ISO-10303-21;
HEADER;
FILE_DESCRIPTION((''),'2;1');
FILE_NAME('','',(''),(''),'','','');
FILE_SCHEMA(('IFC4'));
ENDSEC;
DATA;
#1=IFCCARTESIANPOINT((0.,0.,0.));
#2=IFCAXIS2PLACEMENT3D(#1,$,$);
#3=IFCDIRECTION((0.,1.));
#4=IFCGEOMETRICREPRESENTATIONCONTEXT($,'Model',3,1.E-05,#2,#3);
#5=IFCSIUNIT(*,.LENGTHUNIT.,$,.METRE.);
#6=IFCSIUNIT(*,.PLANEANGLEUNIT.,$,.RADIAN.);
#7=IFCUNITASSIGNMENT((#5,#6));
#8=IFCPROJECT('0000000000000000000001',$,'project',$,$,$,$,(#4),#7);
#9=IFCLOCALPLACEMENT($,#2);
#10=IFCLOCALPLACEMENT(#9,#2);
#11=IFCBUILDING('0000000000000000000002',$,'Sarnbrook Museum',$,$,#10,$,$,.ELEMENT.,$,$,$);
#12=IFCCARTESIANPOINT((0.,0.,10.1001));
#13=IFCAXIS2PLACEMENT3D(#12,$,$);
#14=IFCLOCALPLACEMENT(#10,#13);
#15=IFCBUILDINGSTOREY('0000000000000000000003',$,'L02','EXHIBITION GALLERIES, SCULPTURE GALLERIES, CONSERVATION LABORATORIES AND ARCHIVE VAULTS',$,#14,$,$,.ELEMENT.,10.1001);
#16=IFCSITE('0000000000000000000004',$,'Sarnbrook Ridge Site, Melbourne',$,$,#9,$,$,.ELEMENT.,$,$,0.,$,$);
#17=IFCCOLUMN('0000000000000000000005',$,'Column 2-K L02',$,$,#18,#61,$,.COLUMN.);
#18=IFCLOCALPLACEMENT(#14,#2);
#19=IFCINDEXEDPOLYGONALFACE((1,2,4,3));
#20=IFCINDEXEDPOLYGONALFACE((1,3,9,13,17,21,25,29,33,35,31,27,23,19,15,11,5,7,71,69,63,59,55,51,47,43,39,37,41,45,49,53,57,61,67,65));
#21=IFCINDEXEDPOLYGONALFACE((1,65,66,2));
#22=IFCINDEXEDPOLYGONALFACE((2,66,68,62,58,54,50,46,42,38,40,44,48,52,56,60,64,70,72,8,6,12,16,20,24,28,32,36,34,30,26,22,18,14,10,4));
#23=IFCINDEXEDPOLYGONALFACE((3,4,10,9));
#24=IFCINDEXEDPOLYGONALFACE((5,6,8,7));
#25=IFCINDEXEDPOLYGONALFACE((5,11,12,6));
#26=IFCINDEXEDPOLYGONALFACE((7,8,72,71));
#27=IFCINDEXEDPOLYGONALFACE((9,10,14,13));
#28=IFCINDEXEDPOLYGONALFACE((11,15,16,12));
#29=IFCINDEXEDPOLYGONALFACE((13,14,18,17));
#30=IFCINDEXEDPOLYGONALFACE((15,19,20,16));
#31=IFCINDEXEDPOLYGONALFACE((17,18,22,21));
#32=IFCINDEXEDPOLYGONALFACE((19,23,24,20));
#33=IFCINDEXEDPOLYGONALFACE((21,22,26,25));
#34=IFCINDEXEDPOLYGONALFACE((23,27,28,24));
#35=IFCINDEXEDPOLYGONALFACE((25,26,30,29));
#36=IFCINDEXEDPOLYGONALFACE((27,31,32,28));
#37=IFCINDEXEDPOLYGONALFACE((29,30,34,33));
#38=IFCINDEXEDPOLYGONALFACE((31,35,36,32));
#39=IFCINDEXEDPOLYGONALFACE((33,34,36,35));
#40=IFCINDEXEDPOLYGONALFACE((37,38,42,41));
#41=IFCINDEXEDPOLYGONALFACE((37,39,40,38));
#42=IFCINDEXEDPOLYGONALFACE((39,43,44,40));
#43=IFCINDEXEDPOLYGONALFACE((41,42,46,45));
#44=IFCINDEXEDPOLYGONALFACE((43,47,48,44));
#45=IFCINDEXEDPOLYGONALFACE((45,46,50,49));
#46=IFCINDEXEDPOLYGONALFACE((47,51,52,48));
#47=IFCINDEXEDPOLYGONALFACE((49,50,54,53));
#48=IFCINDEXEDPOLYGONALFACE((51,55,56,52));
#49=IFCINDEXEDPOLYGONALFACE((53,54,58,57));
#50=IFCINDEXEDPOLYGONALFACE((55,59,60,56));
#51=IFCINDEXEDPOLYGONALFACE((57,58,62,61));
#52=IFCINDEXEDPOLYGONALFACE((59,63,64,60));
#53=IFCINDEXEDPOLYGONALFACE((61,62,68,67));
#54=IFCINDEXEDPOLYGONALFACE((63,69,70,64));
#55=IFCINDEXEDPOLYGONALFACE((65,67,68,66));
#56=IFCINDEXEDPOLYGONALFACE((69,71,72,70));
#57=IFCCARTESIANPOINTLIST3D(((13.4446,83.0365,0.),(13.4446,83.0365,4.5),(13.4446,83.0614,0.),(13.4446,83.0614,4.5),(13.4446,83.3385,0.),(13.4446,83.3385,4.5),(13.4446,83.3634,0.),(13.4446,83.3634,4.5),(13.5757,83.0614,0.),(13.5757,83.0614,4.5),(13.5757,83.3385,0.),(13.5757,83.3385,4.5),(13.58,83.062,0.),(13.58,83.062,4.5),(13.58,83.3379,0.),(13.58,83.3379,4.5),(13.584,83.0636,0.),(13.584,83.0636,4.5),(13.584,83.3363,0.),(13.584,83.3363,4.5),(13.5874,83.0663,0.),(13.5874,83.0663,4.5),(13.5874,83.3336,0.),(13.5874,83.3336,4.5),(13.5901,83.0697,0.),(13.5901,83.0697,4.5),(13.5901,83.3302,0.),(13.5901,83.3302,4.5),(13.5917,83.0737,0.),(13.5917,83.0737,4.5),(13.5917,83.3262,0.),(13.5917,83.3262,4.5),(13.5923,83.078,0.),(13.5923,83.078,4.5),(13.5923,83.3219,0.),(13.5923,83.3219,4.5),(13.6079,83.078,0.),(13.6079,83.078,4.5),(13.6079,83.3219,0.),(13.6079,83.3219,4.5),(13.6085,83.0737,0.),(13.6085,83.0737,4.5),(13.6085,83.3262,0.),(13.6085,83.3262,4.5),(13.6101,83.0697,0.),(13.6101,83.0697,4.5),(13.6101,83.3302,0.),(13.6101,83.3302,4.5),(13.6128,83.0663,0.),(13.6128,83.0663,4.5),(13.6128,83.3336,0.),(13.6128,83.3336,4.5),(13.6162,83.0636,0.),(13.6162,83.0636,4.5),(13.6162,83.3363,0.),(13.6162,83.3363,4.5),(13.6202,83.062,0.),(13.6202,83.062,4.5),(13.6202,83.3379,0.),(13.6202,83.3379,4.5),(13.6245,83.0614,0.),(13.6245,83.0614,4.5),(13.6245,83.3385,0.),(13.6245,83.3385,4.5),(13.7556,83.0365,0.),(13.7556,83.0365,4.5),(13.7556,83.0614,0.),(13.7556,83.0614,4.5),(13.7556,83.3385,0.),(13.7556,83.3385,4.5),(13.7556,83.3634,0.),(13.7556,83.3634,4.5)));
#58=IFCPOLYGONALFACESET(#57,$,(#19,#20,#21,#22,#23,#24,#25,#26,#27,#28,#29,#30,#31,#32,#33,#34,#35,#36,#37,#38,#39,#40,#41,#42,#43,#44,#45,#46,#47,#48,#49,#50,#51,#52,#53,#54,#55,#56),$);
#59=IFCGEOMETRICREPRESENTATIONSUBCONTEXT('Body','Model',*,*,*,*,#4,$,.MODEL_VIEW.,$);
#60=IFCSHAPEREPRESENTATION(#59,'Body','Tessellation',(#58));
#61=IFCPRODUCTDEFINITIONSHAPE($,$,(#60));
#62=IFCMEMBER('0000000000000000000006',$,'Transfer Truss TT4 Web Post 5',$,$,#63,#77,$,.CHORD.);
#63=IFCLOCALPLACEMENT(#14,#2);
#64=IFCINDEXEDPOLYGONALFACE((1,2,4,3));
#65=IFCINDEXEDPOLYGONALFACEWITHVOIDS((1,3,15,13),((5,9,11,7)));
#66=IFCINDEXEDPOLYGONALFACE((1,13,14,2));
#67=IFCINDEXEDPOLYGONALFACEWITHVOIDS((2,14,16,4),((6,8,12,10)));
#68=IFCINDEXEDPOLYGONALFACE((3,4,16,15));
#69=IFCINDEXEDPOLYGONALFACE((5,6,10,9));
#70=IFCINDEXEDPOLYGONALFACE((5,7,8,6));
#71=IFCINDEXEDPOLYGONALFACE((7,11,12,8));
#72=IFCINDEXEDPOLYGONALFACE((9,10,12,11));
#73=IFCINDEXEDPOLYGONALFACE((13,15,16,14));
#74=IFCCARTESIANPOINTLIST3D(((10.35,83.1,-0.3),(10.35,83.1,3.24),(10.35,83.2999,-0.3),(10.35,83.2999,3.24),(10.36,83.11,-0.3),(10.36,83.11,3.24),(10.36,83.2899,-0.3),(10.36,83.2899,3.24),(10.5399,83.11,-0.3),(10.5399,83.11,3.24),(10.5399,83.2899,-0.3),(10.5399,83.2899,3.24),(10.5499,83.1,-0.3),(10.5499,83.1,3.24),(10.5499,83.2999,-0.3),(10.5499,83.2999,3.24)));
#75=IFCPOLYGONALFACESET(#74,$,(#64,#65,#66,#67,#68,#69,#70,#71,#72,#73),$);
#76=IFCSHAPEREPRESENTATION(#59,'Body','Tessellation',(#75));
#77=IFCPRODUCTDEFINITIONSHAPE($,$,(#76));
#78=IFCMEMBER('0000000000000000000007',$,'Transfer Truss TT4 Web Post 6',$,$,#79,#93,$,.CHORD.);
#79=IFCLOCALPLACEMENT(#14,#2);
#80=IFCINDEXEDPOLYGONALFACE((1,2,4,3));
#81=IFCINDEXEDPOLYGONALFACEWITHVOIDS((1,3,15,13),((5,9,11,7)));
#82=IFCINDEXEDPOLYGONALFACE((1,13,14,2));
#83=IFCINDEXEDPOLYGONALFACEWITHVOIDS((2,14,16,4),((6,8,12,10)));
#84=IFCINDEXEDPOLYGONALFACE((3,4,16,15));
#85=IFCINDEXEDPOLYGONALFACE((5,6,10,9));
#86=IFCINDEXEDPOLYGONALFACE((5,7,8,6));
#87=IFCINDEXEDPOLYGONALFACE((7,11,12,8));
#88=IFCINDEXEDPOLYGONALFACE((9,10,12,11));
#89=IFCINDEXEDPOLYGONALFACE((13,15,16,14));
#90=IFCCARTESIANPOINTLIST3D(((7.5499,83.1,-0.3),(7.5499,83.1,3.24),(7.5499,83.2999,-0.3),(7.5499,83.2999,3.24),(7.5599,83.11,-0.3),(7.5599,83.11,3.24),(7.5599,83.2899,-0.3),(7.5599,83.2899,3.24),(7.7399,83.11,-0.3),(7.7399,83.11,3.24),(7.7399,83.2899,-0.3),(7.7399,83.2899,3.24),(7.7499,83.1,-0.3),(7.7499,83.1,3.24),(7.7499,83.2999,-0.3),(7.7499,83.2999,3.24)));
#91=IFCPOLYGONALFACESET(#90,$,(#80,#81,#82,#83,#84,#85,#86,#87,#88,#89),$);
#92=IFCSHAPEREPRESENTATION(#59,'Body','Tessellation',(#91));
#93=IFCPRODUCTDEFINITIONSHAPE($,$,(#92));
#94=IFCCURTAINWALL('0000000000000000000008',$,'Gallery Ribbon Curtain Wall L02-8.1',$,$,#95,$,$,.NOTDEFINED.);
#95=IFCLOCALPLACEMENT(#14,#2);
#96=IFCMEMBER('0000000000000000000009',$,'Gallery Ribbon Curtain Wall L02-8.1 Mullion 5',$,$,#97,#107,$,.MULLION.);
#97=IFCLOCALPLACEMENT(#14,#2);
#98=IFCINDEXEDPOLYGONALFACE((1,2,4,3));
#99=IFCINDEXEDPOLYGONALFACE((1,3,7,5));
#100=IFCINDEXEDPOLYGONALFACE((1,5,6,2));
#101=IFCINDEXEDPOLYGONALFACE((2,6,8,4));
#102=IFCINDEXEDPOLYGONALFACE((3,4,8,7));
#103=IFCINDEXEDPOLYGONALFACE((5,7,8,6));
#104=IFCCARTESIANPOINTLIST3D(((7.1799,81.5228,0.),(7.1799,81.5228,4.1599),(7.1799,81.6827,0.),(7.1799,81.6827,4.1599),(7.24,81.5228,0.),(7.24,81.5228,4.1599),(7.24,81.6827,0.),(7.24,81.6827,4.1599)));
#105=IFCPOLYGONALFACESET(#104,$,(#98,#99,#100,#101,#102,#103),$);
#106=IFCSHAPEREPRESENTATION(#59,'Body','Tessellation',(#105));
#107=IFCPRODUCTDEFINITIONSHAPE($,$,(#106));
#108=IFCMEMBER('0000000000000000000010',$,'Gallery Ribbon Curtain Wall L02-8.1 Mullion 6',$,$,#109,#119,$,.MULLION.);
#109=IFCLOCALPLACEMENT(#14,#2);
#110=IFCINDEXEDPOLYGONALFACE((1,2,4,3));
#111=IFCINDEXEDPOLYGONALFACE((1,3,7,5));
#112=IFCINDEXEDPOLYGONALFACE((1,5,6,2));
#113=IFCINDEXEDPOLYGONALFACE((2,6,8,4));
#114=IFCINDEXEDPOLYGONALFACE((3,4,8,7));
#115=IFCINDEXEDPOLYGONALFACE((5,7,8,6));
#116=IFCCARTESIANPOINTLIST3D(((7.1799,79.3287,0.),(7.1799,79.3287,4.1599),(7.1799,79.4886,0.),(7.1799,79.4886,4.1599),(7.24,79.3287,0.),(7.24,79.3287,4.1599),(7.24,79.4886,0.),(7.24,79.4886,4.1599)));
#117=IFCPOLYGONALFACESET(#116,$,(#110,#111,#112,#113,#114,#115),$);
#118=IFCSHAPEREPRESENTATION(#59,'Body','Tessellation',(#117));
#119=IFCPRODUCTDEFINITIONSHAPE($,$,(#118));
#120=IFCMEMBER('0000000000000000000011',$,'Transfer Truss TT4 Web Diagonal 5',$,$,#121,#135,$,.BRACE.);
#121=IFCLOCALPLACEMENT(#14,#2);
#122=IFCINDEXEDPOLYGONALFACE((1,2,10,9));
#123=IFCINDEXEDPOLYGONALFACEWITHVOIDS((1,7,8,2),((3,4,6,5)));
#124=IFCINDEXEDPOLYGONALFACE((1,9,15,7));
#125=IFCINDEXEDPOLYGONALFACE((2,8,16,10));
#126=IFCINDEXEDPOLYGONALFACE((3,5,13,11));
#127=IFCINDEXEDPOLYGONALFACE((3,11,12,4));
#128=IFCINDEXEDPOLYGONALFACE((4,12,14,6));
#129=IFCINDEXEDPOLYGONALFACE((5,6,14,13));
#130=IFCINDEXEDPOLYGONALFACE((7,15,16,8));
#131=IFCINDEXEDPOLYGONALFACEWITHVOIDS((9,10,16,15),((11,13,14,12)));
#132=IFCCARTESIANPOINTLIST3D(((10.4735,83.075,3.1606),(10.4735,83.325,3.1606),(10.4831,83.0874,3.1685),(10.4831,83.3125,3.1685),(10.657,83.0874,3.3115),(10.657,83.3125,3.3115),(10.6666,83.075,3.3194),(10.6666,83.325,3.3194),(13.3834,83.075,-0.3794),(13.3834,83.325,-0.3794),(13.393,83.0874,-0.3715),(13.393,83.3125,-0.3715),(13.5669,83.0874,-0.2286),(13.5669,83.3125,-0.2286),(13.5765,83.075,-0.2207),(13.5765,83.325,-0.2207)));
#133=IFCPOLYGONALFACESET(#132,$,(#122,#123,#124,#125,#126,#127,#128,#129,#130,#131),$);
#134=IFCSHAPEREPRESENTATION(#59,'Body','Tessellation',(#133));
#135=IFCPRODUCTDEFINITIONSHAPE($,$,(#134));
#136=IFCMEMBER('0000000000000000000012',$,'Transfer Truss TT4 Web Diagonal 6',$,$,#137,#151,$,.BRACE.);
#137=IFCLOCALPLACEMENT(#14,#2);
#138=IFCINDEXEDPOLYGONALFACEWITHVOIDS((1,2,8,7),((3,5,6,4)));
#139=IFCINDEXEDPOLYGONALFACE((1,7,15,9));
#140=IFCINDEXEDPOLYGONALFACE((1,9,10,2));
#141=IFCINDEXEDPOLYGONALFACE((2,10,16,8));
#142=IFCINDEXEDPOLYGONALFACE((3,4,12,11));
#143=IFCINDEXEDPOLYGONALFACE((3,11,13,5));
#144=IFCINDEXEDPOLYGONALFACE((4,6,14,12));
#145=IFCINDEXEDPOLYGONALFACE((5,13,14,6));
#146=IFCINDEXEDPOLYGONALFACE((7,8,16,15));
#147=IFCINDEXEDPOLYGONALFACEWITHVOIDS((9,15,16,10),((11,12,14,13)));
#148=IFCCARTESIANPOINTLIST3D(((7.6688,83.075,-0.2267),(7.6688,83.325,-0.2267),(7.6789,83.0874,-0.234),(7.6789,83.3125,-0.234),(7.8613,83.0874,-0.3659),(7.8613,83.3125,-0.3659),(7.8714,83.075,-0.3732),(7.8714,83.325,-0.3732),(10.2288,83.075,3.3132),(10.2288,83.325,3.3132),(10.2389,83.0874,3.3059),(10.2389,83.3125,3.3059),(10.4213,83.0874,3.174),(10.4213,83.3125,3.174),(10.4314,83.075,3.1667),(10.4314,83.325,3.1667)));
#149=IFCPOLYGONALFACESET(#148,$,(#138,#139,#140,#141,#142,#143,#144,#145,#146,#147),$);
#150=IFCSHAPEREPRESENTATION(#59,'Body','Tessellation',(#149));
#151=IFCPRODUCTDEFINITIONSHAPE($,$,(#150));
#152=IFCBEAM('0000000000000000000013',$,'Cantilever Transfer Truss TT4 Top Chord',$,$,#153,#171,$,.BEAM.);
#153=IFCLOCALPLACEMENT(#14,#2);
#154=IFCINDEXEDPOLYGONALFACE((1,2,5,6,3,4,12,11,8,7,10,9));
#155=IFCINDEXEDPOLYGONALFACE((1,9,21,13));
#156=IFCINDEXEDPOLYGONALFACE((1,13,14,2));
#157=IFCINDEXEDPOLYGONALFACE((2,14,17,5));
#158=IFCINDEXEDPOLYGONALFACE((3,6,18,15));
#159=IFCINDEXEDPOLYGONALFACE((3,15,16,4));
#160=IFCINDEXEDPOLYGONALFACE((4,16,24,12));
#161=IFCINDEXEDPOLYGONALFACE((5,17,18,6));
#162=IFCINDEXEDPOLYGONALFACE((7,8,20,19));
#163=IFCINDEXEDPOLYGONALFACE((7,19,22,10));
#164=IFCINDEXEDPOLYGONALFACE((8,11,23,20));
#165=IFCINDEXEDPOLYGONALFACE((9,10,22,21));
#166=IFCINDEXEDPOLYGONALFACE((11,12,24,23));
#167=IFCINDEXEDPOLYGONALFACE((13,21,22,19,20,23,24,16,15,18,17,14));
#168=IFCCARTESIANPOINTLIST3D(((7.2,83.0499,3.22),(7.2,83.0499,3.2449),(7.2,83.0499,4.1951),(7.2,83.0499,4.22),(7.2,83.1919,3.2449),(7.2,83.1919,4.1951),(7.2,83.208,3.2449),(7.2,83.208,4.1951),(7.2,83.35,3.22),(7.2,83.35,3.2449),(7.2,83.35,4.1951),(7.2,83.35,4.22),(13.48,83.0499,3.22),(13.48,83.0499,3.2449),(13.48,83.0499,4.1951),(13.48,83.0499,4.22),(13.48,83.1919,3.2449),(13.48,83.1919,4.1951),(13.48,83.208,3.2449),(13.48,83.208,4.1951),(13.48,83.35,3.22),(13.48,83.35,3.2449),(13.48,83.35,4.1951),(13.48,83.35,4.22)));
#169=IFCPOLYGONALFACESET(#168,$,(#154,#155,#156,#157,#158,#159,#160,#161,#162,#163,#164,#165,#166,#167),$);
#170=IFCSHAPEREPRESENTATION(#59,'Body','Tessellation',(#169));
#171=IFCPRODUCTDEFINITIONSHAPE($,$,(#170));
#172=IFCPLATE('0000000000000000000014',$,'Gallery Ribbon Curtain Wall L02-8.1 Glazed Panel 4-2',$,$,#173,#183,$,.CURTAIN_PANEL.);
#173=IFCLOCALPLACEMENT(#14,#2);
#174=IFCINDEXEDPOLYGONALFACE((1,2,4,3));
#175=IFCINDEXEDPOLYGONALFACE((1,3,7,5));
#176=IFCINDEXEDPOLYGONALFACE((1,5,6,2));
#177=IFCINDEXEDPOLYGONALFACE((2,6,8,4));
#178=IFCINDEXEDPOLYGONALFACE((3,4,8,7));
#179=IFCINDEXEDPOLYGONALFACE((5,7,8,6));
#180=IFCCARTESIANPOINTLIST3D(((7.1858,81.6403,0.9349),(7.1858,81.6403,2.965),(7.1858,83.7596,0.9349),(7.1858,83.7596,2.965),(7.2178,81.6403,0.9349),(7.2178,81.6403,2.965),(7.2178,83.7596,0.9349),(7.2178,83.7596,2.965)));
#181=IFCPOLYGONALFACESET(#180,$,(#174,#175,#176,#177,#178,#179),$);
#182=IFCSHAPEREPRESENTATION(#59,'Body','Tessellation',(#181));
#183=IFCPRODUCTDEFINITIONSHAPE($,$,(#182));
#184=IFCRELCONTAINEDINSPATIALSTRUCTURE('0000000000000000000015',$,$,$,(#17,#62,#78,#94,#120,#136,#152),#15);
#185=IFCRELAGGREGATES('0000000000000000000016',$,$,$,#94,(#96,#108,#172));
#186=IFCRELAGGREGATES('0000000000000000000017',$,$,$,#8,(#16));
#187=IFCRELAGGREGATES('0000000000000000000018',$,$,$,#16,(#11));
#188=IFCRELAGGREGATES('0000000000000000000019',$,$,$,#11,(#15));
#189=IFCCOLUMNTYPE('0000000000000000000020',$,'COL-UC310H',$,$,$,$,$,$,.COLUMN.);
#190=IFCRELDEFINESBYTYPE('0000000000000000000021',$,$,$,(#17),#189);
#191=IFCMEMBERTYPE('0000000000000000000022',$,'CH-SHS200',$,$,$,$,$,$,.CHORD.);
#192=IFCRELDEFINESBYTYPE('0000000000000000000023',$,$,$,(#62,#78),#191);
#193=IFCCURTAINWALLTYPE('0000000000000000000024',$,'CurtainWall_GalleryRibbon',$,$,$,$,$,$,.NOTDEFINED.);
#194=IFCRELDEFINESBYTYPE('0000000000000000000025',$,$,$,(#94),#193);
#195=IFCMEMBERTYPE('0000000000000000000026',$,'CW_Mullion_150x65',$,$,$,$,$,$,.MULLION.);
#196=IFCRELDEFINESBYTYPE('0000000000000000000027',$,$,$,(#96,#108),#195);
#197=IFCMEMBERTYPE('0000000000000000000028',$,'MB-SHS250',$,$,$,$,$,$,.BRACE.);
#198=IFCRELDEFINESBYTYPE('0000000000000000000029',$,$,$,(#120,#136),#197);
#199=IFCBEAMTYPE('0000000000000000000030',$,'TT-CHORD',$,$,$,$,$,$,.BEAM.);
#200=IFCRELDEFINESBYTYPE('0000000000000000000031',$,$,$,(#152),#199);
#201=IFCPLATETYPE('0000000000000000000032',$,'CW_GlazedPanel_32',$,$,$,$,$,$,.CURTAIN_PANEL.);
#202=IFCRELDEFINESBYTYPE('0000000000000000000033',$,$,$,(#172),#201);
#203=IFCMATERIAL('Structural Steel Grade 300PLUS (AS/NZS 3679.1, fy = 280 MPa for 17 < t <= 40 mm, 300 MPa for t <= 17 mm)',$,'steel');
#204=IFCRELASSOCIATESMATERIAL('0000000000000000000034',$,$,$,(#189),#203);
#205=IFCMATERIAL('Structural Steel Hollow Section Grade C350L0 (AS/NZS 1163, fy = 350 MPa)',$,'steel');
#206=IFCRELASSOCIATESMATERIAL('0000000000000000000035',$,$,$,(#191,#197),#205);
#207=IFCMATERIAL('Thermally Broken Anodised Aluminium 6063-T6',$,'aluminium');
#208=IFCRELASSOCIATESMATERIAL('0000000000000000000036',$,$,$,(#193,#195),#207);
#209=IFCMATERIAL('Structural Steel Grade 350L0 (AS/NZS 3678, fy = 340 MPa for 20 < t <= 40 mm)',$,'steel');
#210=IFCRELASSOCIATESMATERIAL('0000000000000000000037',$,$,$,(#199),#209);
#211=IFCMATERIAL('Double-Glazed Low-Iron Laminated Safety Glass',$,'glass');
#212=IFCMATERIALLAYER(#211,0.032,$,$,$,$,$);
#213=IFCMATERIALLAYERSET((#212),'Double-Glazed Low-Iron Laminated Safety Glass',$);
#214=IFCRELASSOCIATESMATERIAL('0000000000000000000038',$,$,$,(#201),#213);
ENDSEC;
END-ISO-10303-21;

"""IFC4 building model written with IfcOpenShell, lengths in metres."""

from ifc_helpers import new_model, si_unit, direction, frame, origin, origin_2d, place, context, subcontext, project, spatial, rectangle, hollow_rectangle, i_section, extrude, material, layer, layer_set, material_profile, profile_set, type_object, element, aggregate, save


model = new_model("IFC4")

# Units and contexts
model_context = context("Model", 3, precision=1e-05, world=origin(), true_north=direction((0.0, 1.0)))
body_context = subcontext(model_context, "Body", "Model", "MODEL_VIEW")
ifc_project = project(units=[si_unit("LENGTHUNIT", "METRE"), si_unit("PLANEANGLEUNIT", "RADIAN")], contexts=[model_context])

# Site, building, storey
site_placement = place(None, origin())
site = spatial("IfcSite", under=ifc_project, at=site_placement, Name="Sarnbrook Ridge Site, Melbourne", CompositionType="ELEMENT", RefElevation=0.0)
building_placement = place(site_placement, origin())
building = spatial("IfcBuilding", under=site, at=building_placement, Name="Sarnbrook Museum", CompositionType="ELEMENT")
storey_placement = place(building_placement, frame((0.0, 0.0, 10.1001)))
storey = spatial("IfcBuildingStorey", under=building, at=storey_placement, Name="L02", Description="EXHIBITION GALLERIES, SCULPTURE GALLERIES, CONSERVATION LABORATORIES AND ARCHIVE VAULTS", CompositionType="ELEMENT", Elevation=10.1001)

# Column
ifc_material_1 = material(Name="Structural Steel Grade 300PLUS (AS/NZS 3679.1, fy = 280 MPa for 17 < t <= 40 mm, 300 MPa for t <= 17 mm)", Category="steel")
ifc_material_profile_1 = material_profile(ifc_material_1, i_section(OverallWidth=0.311, OverallDepth=0.3269, WebThickness=0.0156, FlangeThickness=0.0249, FilletRadius=0.0166, at=origin_2d()), Name="310UC158")
ifc_profile_set_1 = profile_set([ifc_material_profile_1], Name="Structural Steel Grade 300PLUS (AS/NZS 3679.1, fy = 280 MPa for 17 < t <= 40 mm, 300 MPa for t <= 17 mm)")
column_type = type_object("IfcColumnType", Name="COL-UC310H", PredefinedType="COLUMN", material=ifc_profile_set_1)
column_placement = place(storey_placement, frame((13.6001, 83.2, 0.0), z_axis=(0.0, 0.0, 1.0), x_axis=(1.0, 0.0, 0.0)))
element("IfcColumn", 1, at=column_placement, inside=storey, type_object=column_type, Name="Column 2-K L02", PredefinedType="COLUMN", context=body_context, shape_type="SweptSolid", body=[
    extrude(i_section(OverallWidth=0.311, OverallDepth=0.3269, WebThickness=0.0156, FlangeThickness=0.0249, FilletRadius=0.0166, at=origin_2d()), origin(), (0.0, 0.0, 1.0), 4.5),
])

# Members
ifc_material_2 = material(Name="Structural Steel Hollow Section Grade C350L0 (AS/NZS 1163, fy = 350 MPa)", Category="steel")
ifc_material_profile_2 = material_profile(ifc_material_2, hollow_rectangle(XDim=0.2, YDim=0.2, WallThickness=0.01, at=origin_2d()), Name="200x200x10.0SHS")
ifc_profile_set_2 = profile_set([ifc_material_profile_2], Name="Structural Steel Hollow Section Grade C350L0 (AS/NZS 1163, fy = 350 MPa)")
member_type_1 = type_object("IfcMemberType", Name="CH-SHS200", PredefinedType="CHORD", material=ifc_profile_set_2)
for number, where, z_axis, x_axis, name in (
    (2, (10.45, 83.2, -0.3), (0.0, 0.0, 1.0), (1.0, 0.0, 0.0), "Transfer Truss TT4 Web Post 5"),
    (3, (7.6499, 83.2, -0.3), (0.0, 0.0, 1.0), (1.0, 0.0, 0.0), "Transfer Truss TT4 Web Post 6"),
):
    element("IfcMember", number, at=place(storey_placement, frame(where, z_axis=z_axis, x_axis=x_axis)), inside=storey, type_object=member_type_1, Name=name, PredefinedType="CHORD", context=body_context, shape_type="SweptSolid", body=[
        extrude(hollow_rectangle(XDim=0.2, YDim=0.2, WallThickness=0.01, at=origin_2d()), origin(), (0.0, 0.0, 1.0), 3.54),
    ])

# Curtain wall, members
ifc_material_3 = material(Name="Thermally Broken Anodised Aluminium 6063-T6", Category="aluminium")
curtain_wall_type = type_object("IfcCurtainWallType", Name="CurtainWall_GalleryRibbon", PredefinedType="NOTDEFINED", material=ifc_material_3)
curtain_wall_placement = place(storey_placement, origin())
curtain_wall = element("IfcCurtainWall", 4, at=curtain_wall_placement, inside=storey, type_object=curtain_wall_type, Name="Gallery Ribbon Curtain Wall L02-8.1", PredefinedType="NOTDEFINED")
ifc_material_profile_3 = material_profile(ifc_material_3, rectangle(XDim=0.0601, YDim=0.1599, at=origin_2d()), Name="ALU MULLION 60x160")
ifc_profile_set_3 = profile_set([ifc_material_profile_3], Name="Thermally Broken Anodised Aluminium 6063-T6")
member_type_2 = type_object("IfcMemberType", Name="CW_Mullion_150x65", PredefinedType="MULLION", material=ifc_profile_set_3)
member_1_placement = place(storey_placement, frame((7.21, 81.6028, 0.0), z_axis=(0.0, 0.0, 1.0), x_axis=(1.0, 0.0, 0.0)))
member_1 = element("IfcMember", 5, at=member_1_placement, type_object=member_type_2, Name="Gallery Ribbon Curtain Wall L02-8.1 Mullion 5", PredefinedType="MULLION", context=body_context, shape_type="SweptSolid", body=[
    extrude(rectangle(XDim=0.0601, YDim=0.1599, at=origin_2d()), origin(), (0.0, 0.0, 1.0), 4.1599),
])
member_2_placement = place(storey_placement, frame((7.21, 79.4087, 0.0), z_axis=(0.0, 0.0, 1.0), x_axis=(1.0, 0.0, 0.0)))
member_2 = element("IfcMember", 6, at=member_2_placement, type_object=member_type_2, Name="Gallery Ribbon Curtain Wall L02-8.1 Mullion 6", PredefinedType="MULLION", context=body_context, shape_type="SweptSolid", body=[
    extrude(rectangle(XDim=0.0601, YDim=0.1599, at=origin_2d()), origin(), (0.0, 0.0, 1.0), 4.1599),
])

# Members
ifc_material_profile_4 = material_profile(ifc_material_2, hollow_rectangle(XDim=0.25, YDim=0.25, WallThickness=0.0125, at=origin_2d()), Name="250x250x12.5SHS")
ifc_profile_set_4 = profile_set([ifc_material_profile_4], Name="Structural Steel Hollow Section Grade C350L0 (AS/NZS 1163, fy = 350 MPa)")
member_type_3 = type_object("IfcMemberType", Name="MB-SHS250", PredefinedType="BRACE", material=ifc_profile_set_4)
member_3_placement = place(storey_placement, frame((13.48, 83.2, -0.3), z_axis=(-0.635003, 0.0, 0.77251), x_axis=(0.0, -1.0, 0.0)))
element("IfcMember", 7, at=member_3_placement, inside=storey, type_object=member_type_3, Name="Transfer Truss TT4 Web Diagonal 5", PredefinedType="BRACE", context=body_context, shape_type="SweptSolid", body=[
    extrude(hollow_rectangle(XDim=0.25, YDim=0.25, WallThickness=0.0125, at=origin_2d()), origin(), (0.0, 0.0, 1.0), 4.5825),
])
member_4_placement = place(storey_placement, frame((10.3301, 83.2, 3.24), z_axis=(-0.585996, 0.0, -0.810314), x_axis=(0.0, -1.0, 0.0)))
element("IfcMember", 8, at=member_4_placement, inside=storey, type_object=member_type_3, Name="Transfer Truss TT4 Web Diagonal 6", PredefinedType="BRACE", context=body_context, shape_type="SweptSolid", body=[
    extrude(hollow_rectangle(XDim=0.25, YDim=0.25, WallThickness=0.0125, at=origin_2d()), origin(), (0.0, 0.0, 1.0), 4.3687),
])

# Beam
ifc_material_4 = material(Name="Structural Steel Grade 350L0 (AS/NZS 3678, fy = 340 MPa for 20 < t <= 40 mm)", Category="steel")
ifc_material_profile_5 = material_profile(ifc_material_4, i_section(OverallWidth=0.3, OverallDepth=1.0, WebThickness=0.0161, FlangeThickness=0.0249, at=origin_2d()), Name="1000WB215")
ifc_profile_set_5 = profile_set([ifc_material_profile_5], Name="Structural Steel Grade 350L0 (AS/NZS 3678, fy = 340 MPa for 20 < t <= 40 mm)")
beam_type = type_object("IfcBeamType", Name="TT-CHORD", PredefinedType="BEAM", material=ifc_profile_set_5)
beam_placement = place(storey_placement, frame((13.48, 83.2, 3.72), z_axis=(-1.0, 0.0, 0.0), x_axis=(0.0, -1.0, 0.0)))
element("IfcBeam", 9, at=beam_placement, inside=storey, type_object=beam_type, Name="Cantilever Transfer Truss TT4 Top Chord", PredefinedType="BEAM", context=body_context, shape_type="SweptSolid", body=[
    extrude(i_section(OverallWidth=0.3, OverallDepth=1.0, WebThickness=0.0161, FlangeThickness=0.0249, at=origin_2d()), origin(), (0.0, 0.0, 1.0), 6.28),
])

# Plate
ifc_material_5 = material(Name="Double-Glazed Low-Iron Laminated Safety Glass", Category="glass")
ifc_layer_1 = layer(ifc_material_5, 0.032)
ifc_layer_set_1 = layer_set([ifc_layer_1], Name="Double-Glazed Low-Iron Laminated Safety Glass")
plate_type_1 = type_object("IfcPlateType", Name="CW_GlazedPanel_32", PredefinedType="CURTAIN_PANEL", material=ifc_layer_set_1)
plate_1_placement = place(storey_placement, frame((7.2178, 82.7, 1.95), z_axis=(-1.0, 0.0, 0.0), x_axis=(0.0, -1.0, 0.0)))
plate_1 = element("IfcPlate", 10, at=plate_1_placement, type_object=plate_type_1, Name="Gallery Ribbon Curtain Wall L02-8.1 Glazed Panel 4-2", PredefinedType="CURTAIN_PANEL", context=body_context, shape_type="SweptSolid", body=[
    extrude(rectangle(XDim=2.1194, YDim=2.03, at=origin_2d()), origin(), (0.0, 0.0, 1.0), 0.032),
])
aggregate(curtain_wall, [member_1, member_2, plate_1])

save(model, "model.ifc")
